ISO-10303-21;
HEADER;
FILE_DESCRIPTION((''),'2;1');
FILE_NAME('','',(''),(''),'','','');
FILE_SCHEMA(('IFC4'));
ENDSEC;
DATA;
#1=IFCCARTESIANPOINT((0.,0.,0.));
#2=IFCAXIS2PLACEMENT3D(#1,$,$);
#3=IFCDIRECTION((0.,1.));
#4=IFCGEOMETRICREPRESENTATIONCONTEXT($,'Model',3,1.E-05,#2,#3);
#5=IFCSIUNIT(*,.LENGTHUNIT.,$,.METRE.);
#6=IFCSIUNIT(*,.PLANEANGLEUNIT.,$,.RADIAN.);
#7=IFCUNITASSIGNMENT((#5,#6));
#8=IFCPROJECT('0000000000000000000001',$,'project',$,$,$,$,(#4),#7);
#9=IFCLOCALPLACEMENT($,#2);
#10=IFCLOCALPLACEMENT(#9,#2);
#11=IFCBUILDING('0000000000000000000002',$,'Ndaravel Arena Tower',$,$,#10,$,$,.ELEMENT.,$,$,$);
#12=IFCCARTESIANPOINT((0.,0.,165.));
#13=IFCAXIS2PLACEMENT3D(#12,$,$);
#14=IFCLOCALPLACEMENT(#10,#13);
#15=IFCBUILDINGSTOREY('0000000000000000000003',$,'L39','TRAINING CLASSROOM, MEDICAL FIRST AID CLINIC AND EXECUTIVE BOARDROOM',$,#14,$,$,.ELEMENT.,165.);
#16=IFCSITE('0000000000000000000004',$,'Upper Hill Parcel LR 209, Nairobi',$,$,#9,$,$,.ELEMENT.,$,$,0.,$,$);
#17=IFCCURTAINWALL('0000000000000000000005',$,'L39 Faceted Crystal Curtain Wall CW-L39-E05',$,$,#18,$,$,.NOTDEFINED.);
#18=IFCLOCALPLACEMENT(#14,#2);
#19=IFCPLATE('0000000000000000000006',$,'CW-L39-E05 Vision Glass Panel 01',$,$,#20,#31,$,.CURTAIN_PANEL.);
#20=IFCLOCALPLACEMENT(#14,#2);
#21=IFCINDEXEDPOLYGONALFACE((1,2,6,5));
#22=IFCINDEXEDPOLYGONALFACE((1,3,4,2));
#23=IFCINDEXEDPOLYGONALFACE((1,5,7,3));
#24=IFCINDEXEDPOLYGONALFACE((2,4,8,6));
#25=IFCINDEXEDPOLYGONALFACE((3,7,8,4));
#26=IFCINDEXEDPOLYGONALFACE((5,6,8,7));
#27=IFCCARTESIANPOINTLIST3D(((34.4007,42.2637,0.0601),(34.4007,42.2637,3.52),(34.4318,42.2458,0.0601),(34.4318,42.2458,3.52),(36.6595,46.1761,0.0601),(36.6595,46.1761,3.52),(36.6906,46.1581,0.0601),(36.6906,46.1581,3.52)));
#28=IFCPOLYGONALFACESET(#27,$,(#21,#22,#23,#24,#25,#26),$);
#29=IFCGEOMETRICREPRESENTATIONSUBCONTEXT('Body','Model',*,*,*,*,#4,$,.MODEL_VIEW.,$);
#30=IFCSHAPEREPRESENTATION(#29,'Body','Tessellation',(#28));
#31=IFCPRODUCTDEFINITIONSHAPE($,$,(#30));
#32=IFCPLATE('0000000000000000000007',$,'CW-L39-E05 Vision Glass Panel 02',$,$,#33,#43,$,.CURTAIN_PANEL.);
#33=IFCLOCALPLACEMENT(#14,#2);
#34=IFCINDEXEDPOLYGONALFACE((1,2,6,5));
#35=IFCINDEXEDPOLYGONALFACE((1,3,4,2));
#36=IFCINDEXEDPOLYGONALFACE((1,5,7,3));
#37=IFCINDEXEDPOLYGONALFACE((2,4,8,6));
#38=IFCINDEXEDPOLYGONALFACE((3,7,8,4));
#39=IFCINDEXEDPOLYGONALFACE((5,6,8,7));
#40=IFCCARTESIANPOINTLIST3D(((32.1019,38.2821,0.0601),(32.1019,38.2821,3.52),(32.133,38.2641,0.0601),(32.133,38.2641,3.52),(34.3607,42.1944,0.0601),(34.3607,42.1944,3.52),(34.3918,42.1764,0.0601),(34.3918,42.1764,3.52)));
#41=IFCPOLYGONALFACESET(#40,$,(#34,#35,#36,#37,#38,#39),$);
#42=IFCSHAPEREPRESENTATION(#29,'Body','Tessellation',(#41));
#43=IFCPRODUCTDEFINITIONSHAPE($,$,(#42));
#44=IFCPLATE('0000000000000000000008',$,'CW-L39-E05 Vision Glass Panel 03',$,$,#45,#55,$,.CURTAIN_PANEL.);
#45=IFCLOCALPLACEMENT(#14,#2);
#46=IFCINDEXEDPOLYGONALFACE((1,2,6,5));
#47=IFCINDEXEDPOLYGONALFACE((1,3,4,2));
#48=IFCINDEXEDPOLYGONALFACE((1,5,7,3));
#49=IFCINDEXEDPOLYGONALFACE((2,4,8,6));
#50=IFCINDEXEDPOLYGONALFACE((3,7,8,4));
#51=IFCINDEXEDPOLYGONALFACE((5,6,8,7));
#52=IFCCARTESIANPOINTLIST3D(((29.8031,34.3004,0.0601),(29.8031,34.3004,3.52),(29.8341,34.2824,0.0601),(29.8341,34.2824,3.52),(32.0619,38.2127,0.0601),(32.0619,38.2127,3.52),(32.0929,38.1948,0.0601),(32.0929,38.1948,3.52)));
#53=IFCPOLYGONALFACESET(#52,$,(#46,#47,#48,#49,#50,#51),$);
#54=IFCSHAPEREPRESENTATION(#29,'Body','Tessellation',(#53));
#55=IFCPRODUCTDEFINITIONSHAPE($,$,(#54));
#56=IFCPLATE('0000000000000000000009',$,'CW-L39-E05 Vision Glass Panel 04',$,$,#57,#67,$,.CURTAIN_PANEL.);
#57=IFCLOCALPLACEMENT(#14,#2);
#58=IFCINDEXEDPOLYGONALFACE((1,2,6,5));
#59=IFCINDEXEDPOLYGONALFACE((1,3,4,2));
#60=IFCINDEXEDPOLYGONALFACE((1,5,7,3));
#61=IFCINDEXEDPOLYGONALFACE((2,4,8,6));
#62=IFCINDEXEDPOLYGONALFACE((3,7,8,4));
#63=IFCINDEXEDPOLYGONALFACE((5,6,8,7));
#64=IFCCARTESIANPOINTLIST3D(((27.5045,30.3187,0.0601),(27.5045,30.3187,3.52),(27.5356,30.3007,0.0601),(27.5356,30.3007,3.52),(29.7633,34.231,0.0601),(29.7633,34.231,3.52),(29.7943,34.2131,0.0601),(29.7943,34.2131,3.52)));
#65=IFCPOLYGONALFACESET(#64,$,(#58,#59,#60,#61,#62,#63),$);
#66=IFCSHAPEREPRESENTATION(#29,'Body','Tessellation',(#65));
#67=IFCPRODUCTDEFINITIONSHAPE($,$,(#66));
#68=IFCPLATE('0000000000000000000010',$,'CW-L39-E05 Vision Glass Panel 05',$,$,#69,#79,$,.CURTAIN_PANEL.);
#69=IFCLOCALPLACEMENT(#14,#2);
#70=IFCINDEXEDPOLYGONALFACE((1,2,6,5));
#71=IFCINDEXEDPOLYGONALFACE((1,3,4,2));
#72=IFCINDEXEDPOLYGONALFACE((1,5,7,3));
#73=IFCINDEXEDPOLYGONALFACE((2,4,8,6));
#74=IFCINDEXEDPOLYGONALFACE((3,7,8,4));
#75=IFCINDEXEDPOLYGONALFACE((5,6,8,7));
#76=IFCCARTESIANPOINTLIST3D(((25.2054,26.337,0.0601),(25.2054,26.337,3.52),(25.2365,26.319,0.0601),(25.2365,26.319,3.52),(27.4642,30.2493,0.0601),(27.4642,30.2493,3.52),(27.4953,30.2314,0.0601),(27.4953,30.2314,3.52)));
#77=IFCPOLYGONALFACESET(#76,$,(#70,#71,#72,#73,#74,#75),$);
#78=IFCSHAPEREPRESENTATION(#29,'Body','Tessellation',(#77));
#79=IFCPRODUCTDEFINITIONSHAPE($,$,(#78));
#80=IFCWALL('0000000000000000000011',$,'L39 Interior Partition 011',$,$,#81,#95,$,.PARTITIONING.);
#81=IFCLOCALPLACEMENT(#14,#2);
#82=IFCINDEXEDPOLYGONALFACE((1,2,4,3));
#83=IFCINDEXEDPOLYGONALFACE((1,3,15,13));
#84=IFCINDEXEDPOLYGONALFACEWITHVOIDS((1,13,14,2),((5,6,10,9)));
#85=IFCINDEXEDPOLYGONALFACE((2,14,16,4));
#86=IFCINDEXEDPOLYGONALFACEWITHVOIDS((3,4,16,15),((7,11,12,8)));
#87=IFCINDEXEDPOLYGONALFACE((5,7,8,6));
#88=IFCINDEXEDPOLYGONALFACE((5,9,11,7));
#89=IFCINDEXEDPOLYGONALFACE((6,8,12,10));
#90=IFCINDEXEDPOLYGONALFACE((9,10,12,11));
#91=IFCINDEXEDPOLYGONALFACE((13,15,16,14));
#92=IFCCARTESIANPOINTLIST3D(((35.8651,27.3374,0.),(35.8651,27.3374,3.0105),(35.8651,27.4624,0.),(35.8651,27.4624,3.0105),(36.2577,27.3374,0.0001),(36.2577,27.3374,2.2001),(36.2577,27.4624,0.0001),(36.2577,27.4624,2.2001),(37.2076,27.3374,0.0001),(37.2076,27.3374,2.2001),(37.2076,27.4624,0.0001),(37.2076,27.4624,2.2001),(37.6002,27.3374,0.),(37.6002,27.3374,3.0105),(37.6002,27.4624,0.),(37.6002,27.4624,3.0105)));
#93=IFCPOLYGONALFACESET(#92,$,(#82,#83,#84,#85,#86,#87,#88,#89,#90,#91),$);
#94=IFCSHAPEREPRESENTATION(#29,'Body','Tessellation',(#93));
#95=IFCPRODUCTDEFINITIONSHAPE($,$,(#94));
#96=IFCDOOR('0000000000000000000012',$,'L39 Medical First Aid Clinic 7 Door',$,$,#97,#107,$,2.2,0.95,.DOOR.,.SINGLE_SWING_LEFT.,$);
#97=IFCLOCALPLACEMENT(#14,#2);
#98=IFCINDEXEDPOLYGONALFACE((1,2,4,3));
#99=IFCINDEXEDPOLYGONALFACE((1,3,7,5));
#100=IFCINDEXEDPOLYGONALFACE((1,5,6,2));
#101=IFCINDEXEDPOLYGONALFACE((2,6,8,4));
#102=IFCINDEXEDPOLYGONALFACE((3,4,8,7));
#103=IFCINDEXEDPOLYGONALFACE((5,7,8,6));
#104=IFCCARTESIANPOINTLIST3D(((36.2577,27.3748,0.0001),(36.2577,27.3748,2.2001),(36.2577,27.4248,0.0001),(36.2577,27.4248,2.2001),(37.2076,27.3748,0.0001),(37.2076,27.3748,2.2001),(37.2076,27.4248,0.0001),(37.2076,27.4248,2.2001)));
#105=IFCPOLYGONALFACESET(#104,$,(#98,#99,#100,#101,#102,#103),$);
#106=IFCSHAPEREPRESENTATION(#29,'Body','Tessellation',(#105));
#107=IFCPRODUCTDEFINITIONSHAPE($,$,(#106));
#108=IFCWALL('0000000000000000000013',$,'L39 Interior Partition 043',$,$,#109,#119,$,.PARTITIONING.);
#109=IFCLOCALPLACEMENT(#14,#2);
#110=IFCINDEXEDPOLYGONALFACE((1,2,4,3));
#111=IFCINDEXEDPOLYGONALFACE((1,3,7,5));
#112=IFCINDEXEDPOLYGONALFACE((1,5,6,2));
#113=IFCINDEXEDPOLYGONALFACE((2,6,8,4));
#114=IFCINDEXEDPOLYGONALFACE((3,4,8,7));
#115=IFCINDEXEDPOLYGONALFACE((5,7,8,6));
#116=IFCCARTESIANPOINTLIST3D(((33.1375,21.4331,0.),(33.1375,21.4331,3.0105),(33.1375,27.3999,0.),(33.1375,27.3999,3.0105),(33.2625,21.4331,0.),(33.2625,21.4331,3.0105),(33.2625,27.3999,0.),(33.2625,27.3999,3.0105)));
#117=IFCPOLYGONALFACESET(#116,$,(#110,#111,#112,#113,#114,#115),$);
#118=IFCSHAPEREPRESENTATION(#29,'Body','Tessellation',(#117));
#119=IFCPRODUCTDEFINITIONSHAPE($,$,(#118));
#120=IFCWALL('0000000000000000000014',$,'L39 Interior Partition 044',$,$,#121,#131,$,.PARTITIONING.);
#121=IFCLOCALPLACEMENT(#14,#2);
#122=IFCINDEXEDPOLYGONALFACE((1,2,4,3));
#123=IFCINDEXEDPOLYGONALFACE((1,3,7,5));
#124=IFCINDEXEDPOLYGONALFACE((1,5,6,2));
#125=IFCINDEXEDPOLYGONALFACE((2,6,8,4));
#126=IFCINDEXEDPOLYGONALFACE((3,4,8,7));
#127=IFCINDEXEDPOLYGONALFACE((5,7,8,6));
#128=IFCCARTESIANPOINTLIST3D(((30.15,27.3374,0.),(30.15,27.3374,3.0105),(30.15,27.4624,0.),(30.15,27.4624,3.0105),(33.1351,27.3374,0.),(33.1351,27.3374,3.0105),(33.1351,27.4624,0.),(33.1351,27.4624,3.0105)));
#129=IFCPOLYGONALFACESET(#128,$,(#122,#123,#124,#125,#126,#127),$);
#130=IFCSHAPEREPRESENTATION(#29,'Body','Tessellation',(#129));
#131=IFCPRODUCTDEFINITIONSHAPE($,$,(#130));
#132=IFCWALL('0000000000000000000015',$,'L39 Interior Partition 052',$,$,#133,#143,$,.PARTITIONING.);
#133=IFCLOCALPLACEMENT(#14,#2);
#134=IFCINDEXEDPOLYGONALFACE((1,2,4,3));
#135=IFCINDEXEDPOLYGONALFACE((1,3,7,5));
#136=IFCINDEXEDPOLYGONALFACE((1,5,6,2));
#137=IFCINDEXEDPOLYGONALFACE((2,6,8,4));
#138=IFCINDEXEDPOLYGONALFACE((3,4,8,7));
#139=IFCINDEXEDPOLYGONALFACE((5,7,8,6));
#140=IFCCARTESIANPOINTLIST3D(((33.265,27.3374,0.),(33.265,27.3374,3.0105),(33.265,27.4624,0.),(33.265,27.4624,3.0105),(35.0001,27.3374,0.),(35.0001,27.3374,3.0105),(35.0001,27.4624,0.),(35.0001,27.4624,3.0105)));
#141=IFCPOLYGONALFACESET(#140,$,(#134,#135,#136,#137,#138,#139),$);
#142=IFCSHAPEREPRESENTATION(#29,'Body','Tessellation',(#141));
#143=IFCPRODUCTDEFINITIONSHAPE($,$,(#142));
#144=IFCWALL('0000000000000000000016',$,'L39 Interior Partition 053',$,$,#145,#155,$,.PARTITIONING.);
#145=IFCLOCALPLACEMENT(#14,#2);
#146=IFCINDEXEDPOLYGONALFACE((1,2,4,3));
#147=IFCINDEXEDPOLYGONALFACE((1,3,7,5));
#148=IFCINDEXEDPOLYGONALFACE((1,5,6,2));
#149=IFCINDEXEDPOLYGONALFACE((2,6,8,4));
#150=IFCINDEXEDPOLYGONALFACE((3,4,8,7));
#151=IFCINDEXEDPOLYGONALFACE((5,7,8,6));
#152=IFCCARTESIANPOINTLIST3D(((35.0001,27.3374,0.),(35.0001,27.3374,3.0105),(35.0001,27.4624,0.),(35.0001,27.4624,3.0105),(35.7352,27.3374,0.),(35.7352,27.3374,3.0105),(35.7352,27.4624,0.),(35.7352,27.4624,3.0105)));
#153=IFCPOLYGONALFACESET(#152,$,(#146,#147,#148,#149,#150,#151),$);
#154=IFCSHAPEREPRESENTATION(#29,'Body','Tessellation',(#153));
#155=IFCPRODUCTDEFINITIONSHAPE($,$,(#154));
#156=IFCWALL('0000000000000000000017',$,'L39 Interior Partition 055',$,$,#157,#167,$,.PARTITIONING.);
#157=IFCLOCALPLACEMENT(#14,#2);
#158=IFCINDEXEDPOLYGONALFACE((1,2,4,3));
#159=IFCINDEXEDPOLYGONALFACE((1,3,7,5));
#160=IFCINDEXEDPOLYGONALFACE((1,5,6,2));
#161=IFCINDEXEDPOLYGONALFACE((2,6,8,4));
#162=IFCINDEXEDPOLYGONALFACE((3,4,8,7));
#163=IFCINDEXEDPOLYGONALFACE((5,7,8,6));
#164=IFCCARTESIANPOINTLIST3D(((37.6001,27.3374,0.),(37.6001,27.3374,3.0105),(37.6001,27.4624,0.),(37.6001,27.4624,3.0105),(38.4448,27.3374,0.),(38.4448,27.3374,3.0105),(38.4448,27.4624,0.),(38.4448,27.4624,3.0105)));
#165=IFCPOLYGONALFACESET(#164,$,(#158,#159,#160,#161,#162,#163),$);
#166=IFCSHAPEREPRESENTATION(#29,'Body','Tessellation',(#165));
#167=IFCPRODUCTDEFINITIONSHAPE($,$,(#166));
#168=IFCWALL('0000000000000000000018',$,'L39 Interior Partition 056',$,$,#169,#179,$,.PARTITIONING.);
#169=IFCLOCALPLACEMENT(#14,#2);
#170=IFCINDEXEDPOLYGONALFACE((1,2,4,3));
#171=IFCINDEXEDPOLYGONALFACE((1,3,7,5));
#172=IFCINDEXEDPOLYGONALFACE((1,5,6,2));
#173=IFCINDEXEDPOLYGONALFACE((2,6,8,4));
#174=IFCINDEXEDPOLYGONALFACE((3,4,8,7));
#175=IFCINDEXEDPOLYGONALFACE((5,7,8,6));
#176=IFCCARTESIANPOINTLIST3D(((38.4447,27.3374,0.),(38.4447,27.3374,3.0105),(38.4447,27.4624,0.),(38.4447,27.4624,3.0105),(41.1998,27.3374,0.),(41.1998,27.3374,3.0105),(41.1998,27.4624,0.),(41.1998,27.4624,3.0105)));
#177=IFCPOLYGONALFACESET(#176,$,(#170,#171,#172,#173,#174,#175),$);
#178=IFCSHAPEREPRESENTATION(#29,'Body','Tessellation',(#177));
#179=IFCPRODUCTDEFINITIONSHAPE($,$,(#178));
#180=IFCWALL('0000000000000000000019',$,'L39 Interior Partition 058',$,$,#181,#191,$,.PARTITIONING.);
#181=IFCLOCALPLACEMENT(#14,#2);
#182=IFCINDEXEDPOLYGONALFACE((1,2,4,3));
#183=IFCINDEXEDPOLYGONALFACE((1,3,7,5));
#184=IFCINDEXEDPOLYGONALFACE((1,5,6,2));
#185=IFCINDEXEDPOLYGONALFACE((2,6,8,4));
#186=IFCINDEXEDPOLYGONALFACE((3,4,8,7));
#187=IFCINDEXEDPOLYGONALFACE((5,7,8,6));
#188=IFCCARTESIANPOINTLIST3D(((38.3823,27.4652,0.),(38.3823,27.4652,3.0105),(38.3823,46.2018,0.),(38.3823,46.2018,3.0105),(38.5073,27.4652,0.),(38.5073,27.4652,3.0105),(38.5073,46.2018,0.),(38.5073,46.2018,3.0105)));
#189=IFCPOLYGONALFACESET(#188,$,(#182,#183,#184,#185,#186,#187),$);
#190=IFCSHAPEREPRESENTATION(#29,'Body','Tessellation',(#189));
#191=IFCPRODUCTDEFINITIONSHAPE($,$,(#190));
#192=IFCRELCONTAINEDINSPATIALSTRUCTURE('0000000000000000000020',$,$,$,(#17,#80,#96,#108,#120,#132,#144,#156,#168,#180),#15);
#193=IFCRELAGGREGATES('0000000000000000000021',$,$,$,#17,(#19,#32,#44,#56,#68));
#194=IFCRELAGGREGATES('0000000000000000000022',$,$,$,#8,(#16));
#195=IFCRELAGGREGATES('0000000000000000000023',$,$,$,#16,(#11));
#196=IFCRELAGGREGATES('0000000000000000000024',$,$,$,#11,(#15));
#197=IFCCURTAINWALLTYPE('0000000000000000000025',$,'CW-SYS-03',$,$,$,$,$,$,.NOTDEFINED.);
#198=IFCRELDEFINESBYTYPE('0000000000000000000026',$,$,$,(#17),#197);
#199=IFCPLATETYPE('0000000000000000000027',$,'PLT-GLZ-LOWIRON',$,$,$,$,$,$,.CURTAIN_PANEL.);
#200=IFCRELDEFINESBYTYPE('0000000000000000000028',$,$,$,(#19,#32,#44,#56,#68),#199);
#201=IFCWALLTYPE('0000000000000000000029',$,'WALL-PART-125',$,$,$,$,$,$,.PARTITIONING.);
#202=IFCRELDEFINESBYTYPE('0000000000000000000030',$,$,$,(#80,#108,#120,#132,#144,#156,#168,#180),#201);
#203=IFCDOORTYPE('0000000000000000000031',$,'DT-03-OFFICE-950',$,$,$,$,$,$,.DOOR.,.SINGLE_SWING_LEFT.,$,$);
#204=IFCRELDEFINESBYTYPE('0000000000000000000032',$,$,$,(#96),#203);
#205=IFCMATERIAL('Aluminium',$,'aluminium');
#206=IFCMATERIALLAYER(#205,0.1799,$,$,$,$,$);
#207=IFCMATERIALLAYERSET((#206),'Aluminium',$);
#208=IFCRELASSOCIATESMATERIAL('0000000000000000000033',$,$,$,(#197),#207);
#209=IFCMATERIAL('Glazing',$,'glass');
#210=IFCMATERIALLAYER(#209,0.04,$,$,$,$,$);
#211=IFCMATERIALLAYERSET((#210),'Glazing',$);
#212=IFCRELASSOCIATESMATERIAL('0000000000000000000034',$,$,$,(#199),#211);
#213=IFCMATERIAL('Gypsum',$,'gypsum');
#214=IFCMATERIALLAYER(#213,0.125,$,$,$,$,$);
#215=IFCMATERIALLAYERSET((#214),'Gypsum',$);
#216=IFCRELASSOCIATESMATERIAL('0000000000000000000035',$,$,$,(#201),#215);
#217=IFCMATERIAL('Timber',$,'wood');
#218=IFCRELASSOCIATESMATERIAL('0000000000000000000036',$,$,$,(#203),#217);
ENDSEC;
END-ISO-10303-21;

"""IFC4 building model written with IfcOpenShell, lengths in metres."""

from ifc_helpers import new_model, si_unit, direction, frame, frame_2d, origin, origin_2d, place, context, subcontext, project, spatial, rectangle, extrude, material, layer, layer_set, type_object, element, fill, aggregate, save


model = new_model("IFC4")

# Units and contexts
model_context = context("Model", 3, precision=1e-05, world=origin(), true_north=direction((0.0, 1.0)))
body_context = subcontext(model_context, "Body", "Model", "MODEL_VIEW")
ifc_project = project(units=[si_unit("LENGTHUNIT", "METRE"), si_unit("PLANEANGLEUNIT", "RADIAN")], contexts=[model_context])

# Site, building, storey
site_placement = place(None, origin())
site = spatial("IfcSite", under=ifc_project, at=site_placement, Name="Upper Hill Parcel LR 209, Nairobi", CompositionType="ELEMENT", RefElevation=0.0)
building_placement = place(site_placement, origin())
building = spatial("IfcBuilding", under=site, at=building_placement, Name="Ndaravel Arena Tower", CompositionType="ELEMENT")
storey_placement = place(building_placement, frame((0.0, 0.0, 165.0)))
storey = spatial("IfcBuildingStorey", under=building, at=storey_placement, Name="L39", Description="TRAINING CLASSROOM, MEDICAL FIRST AID CLINIC AND EXECUTIVE BOARDROOM", CompositionType="ELEMENT", Elevation=165.0)

# Curtain wall
ifc_material_1 = material(Name="Aluminium", Category="aluminium")
ifc_layer_1 = layer(ifc_material_1, 0.1799)
ifc_layer_set_1 = layer_set([ifc_layer_1], Name="Aluminium")
curtain_wall_type_1 = type_object("IfcCurtainWallType", Name="CW-SYS-03", PredefinedType="NOTDEFINED", material=ifc_layer_set_1)
curtain_wall_1_placement = place(storey_placement, origin())
curtain_wall_1 = element("IfcCurtainWall", 1, at=curtain_wall_1_placement, inside=storey, type_object=curtain_wall_type_1, Name="L39 Faceted Crystal Curtain Wall CW-L39-E05", PredefinedType="NOTDEFINED")

# Plates
ifc_material_2 = material(Name="Glazing", Category="glass")
ifc_layer_2 = layer(ifc_material_2, 0.04)
ifc_layer_set_2 = layer_set([ifc_layer_2], Name="Glazing")
plate_type_1 = type_object("IfcPlateType", Name="PLT-GLZ-LOWIRON", PredefinedType="CURTAIN_PANEL", material=ifc_layer_set_2)
plate_1_placement = place(storey_placement, frame((35.5457, 44.2109, 0.0601), z_axis=(0.0, 0.0, 1.0), x_axis=(-0.5, -0.866025, 0.0)))
plate_1 = element("IfcPlate", 2, at=plate_1_placement, type_object=plate_type_1, Name="CW-L39-E05 Vision Glass Panel 01", PredefinedType="CURTAIN_PANEL", context=body_context, shape_type="SweptSolid", body=[
    extrude(rectangle(XDim=4.5176, YDim=0.0359, at=origin_2d()), origin(), (0.0, 0.0, 1.0), 3.46),
])
plate_2_placement = place(storey_placement, frame((33.2468, 40.2292, 0.0601), z_axis=(0.0, 0.0, 1.0), x_axis=(-0.5, -0.866025, 0.0)))
plate_2 = element("IfcPlate", 3, at=plate_2_placement, type_object=plate_type_1, Name="CW-L39-E05 Vision Glass Panel 02", PredefinedType="CURTAIN_PANEL", context=body_context, shape_type="SweptSolid", body=[
    extrude(rectangle(XDim=4.5176, YDim=0.0359, at=origin_2d()), origin(), (0.0, 0.0, 1.0), 3.46),
])
plate_3_placement = place(storey_placement, frame((30.948, 36.2476, 0.0601), z_axis=(0.0, 0.0, 1.0), x_axis=(-0.5, -0.866025, 0.0)))
plate_3 = element("IfcPlate", 4, at=plate_3_placement, type_object=plate_type_1, Name="CW-L39-E05 Vision Glass Panel 03", PredefinedType="CURTAIN_PANEL", context=body_context, shape_type="SweptSolid", body=[
    extrude(rectangle(XDim=4.5176, YDim=0.0359, at=origin_2d()), origin(), (0.0, 0.0, 1.0), 3.46),
])
plate_4_placement = place(storey_placement, frame((28.6494, 32.2659, 0.0601), z_axis=(0.0, 0.0, 1.0), x_axis=(-0.5, -0.866025, 0.0)))
plate_4 = element("IfcPlate", 5, at=plate_4_placement, type_object=plate_type_1, Name="CW-L39-E05 Vision Glass Panel 04", PredefinedType="CURTAIN_PANEL", context=body_context, shape_type="SweptSolid", body=[
    extrude(rectangle(XDim=4.5176, YDim=0.0359, at=origin_2d()), origin(), (0.0, 0.0, 1.0), 3.46),
])
plate_5_placement = place(storey_placement, frame((26.3503, 28.2842, 0.0601), z_axis=(0.0, 0.0, 1.0), x_axis=(-0.5, -0.866025, 0.0)))
plate_5 = element("IfcPlate", 6, at=plate_5_placement, type_object=plate_type_1, Name="CW-L39-E05 Vision Glass Panel 05", PredefinedType="CURTAIN_PANEL", context=body_context, shape_type="SweptSolid", body=[
    extrude(rectangle(XDim=4.5176, YDim=0.0359, at=origin_2d()), origin(), (0.0, 0.0, 1.0), 3.46),
])
aggregate(curtain_wall_1, [plate_1, plate_2, plate_3, plate_4, plate_5])

# Wall, opening, door
ifc_material_3 = material(Name="Gypsum", Category="gypsum")
ifc_layer_3 = layer(ifc_material_3, 0.125)
ifc_layer_set_3 = layer_set([ifc_layer_3], Name="Gypsum")
wall_type = type_object("IfcWallType", Name="WALL-PART-125", PredefinedType="PARTITIONING", material=ifc_layer_set_3)
wall_1_placement = place(storey_placement, frame((35.865, 27.3999, 0.0), z_axis=(0.0, 0.0, 1.0), x_axis=(1.0, 0.0, 0.0)))
wall_1 = element("IfcWall", 7, at=wall_1_placement, inside=storey, type_object=wall_type, Name="L39 Interior Partition 011", PredefinedType="PARTITIONING", context=body_context, shape_type="SweptSolid", body=[
    extrude(rectangle(XDim=1.7351, YDim=0.125, at=frame_2d((0.8677, 0.0))), origin(), (0.0, 0.0, 1.0), 3.0105),
])
opening_placement = place(wall_1_placement, frame((0.3926, 0.0, 0.0)))
opening = element("IfcOpeningElement", 8, at=opening_placement, cuts=wall_1, PredefinedType="OPENING", context=body_context, shape_type="SweptSolid", body=[
    extrude(rectangle(XDim=0.95, YDim=2.2, at=frame_2d((0.4751, 1.1001))), frame((0.0, 0.0625, 0.0), z_axis=(0.0, -1.0, 0.0), x_axis=(1.0, 0.0, 0.0)), (0.0, 0.0, 1.0), 0.125),
])
ifc_material_4 = material(Name="Timber", Category="wood")
door_type = type_object("IfcDoorType", Name="DT-03-OFFICE-950", OperationType="SINGLE_SWING_LEFT", PredefinedType="DOOR", material=ifc_material_4)
door_placement = place(opening_placement, origin())
door = element("IfcDoor", 9, at=door_placement, inside=storey, type_object=door_type, Name="L39 Medical First Aid Clinic 7 Door", OperationType="SINGLE_SWING_LEFT", OverallHeight=2.2, OverallWidth=0.95, PredefinedType="DOOR", context=body_context, shape_type="SweptSolid", body=[
    extrude(rectangle(XDim=0.95, YDim=2.2, at=frame_2d((0.4751, 1.1001))), frame((0.0, 0.0249, 0.0), z_axis=(0.0, -1.0, 0.0), x_axis=(1.0, 0.0, 0.0)), (0.0, 0.0, 1.0), 0.05),
])
fill(opening, door)

# Walls
wall_2_placement = place(storey_placement, frame((33.2, 27.3999, 0.0), z_axis=(0.0, 0.0, 1.0), x_axis=(0.0, -1.0, 0.0)))
element("IfcWall", 10, at=wall_2_placement, inside=storey, type_object=wall_type, Name="L39 Interior Partition 043", PredefinedType="PARTITIONING", context=body_context, shape_type="SweptSolid", body=[
    extrude(rectangle(XDim=5.9668, YDim=0.125, at=frame_2d((2.9834, 0.0))), origin(), (0.0, 0.0, 1.0), 3.0105),
])
wall_3_placement = place(storey_placement, frame((30.1499, 27.3999, 0.0), z_axis=(0.0, 0.0, 1.0), x_axis=(1.0, 0.0, 0.0)))
element("IfcWall", 11, at=wall_3_placement, inside=storey, type_object=wall_type, Name="L39 Interior Partition 044", PredefinedType="PARTITIONING", context=body_context, shape_type="SweptSolid", body=[
    extrude(rectangle(XDim=2.9851, YDim=0.125, at=frame_2d((1.4927, 0.0))), origin(), (0.0, 0.0, 1.0), 3.0105),
])
wall_4_placement = place(storey_placement, frame((33.2649, 27.3999, 0.0), z_axis=(0.0, 0.0, 1.0), x_axis=(1.0, 0.0, 0.0)))
element("IfcWall", 12, at=wall_4_placement, inside=storey, type_object=wall_type, Name="L39 Interior Partition 052", PredefinedType="PARTITIONING", context=body_context, shape_type="SweptSolid", body=[
    extrude(rectangle(XDim=1.7351, YDim=0.125, at=frame_2d((0.8677, 0.0))), origin(), (0.0, 0.0, 1.0), 3.0105),
])
wall_5_placement = place(storey_placement, frame((35.0, 27.3999, 0.0), z_axis=(0.0, 0.0, 1.0), x_axis=(1.0, 0.0, 0.0)))
element("IfcWall", 13, at=wall_5_placement, inside=storey, type_object=wall_type, Name="L39 Interior Partition 053", PredefinedType="PARTITIONING", context=body_context, shape_type="SweptSolid", body=[
    extrude(rectangle(XDim=0.7351, YDim=0.125, at=frame_2d((0.3677, 0.0))), origin(), (0.0, 0.0, 1.0), 3.0105),
])
wall_6_placement = place(storey_placement, frame((37.6001, 27.3999, 0.0), z_axis=(0.0, 0.0, 1.0), x_axis=(1.0, 0.0, 0.0)))
element("IfcWall", 14, at=wall_6_placement, inside=storey, type_object=wall_type, Name="L39 Interior Partition 055", PredefinedType="PARTITIONING", context=body_context, shape_type="SweptSolid", body=[
    extrude(rectangle(XDim=0.8447, YDim=0.125, at=frame_2d((0.4224, 0.0))), origin(), (0.0, 0.0, 1.0), 3.0105),
])
wall_7_placement = place(storey_placement, frame((38.4448, 27.3999, 0.0), z_axis=(0.0, 0.0, 1.0), x_axis=(1.0, 0.0, 0.0)))
element("IfcWall", 15, at=wall_7_placement, inside=storey, type_object=wall_type, Name="L39 Interior Partition 056", PredefinedType="PARTITIONING", context=body_context, shape_type="SweptSolid", body=[
    extrude(rectangle(XDim=2.7551, YDim=0.125, at=frame_2d((1.3774, 0.0))), origin(), (0.0, 0.0, 1.0), 3.0105),
])
wall_8_placement = place(storey_placement, frame((38.4448, 46.2017, 0.0), z_axis=(0.0, 0.0, 1.0), x_axis=(0.0, -1.0, 0.0)))
element("IfcWall", 16, at=wall_8_placement, inside=storey, type_object=wall_type, Name="L39 Interior Partition 058", PredefinedType="PARTITIONING", context=body_context, shape_type="SweptSolid", body=[
    extrude(rectangle(XDim=18.7366, YDim=0.125, at=frame_2d((9.3682, 0.0))), origin(), (0.0, 0.0, 1.0), 3.0105),
])

save(model, "model.ifc")
